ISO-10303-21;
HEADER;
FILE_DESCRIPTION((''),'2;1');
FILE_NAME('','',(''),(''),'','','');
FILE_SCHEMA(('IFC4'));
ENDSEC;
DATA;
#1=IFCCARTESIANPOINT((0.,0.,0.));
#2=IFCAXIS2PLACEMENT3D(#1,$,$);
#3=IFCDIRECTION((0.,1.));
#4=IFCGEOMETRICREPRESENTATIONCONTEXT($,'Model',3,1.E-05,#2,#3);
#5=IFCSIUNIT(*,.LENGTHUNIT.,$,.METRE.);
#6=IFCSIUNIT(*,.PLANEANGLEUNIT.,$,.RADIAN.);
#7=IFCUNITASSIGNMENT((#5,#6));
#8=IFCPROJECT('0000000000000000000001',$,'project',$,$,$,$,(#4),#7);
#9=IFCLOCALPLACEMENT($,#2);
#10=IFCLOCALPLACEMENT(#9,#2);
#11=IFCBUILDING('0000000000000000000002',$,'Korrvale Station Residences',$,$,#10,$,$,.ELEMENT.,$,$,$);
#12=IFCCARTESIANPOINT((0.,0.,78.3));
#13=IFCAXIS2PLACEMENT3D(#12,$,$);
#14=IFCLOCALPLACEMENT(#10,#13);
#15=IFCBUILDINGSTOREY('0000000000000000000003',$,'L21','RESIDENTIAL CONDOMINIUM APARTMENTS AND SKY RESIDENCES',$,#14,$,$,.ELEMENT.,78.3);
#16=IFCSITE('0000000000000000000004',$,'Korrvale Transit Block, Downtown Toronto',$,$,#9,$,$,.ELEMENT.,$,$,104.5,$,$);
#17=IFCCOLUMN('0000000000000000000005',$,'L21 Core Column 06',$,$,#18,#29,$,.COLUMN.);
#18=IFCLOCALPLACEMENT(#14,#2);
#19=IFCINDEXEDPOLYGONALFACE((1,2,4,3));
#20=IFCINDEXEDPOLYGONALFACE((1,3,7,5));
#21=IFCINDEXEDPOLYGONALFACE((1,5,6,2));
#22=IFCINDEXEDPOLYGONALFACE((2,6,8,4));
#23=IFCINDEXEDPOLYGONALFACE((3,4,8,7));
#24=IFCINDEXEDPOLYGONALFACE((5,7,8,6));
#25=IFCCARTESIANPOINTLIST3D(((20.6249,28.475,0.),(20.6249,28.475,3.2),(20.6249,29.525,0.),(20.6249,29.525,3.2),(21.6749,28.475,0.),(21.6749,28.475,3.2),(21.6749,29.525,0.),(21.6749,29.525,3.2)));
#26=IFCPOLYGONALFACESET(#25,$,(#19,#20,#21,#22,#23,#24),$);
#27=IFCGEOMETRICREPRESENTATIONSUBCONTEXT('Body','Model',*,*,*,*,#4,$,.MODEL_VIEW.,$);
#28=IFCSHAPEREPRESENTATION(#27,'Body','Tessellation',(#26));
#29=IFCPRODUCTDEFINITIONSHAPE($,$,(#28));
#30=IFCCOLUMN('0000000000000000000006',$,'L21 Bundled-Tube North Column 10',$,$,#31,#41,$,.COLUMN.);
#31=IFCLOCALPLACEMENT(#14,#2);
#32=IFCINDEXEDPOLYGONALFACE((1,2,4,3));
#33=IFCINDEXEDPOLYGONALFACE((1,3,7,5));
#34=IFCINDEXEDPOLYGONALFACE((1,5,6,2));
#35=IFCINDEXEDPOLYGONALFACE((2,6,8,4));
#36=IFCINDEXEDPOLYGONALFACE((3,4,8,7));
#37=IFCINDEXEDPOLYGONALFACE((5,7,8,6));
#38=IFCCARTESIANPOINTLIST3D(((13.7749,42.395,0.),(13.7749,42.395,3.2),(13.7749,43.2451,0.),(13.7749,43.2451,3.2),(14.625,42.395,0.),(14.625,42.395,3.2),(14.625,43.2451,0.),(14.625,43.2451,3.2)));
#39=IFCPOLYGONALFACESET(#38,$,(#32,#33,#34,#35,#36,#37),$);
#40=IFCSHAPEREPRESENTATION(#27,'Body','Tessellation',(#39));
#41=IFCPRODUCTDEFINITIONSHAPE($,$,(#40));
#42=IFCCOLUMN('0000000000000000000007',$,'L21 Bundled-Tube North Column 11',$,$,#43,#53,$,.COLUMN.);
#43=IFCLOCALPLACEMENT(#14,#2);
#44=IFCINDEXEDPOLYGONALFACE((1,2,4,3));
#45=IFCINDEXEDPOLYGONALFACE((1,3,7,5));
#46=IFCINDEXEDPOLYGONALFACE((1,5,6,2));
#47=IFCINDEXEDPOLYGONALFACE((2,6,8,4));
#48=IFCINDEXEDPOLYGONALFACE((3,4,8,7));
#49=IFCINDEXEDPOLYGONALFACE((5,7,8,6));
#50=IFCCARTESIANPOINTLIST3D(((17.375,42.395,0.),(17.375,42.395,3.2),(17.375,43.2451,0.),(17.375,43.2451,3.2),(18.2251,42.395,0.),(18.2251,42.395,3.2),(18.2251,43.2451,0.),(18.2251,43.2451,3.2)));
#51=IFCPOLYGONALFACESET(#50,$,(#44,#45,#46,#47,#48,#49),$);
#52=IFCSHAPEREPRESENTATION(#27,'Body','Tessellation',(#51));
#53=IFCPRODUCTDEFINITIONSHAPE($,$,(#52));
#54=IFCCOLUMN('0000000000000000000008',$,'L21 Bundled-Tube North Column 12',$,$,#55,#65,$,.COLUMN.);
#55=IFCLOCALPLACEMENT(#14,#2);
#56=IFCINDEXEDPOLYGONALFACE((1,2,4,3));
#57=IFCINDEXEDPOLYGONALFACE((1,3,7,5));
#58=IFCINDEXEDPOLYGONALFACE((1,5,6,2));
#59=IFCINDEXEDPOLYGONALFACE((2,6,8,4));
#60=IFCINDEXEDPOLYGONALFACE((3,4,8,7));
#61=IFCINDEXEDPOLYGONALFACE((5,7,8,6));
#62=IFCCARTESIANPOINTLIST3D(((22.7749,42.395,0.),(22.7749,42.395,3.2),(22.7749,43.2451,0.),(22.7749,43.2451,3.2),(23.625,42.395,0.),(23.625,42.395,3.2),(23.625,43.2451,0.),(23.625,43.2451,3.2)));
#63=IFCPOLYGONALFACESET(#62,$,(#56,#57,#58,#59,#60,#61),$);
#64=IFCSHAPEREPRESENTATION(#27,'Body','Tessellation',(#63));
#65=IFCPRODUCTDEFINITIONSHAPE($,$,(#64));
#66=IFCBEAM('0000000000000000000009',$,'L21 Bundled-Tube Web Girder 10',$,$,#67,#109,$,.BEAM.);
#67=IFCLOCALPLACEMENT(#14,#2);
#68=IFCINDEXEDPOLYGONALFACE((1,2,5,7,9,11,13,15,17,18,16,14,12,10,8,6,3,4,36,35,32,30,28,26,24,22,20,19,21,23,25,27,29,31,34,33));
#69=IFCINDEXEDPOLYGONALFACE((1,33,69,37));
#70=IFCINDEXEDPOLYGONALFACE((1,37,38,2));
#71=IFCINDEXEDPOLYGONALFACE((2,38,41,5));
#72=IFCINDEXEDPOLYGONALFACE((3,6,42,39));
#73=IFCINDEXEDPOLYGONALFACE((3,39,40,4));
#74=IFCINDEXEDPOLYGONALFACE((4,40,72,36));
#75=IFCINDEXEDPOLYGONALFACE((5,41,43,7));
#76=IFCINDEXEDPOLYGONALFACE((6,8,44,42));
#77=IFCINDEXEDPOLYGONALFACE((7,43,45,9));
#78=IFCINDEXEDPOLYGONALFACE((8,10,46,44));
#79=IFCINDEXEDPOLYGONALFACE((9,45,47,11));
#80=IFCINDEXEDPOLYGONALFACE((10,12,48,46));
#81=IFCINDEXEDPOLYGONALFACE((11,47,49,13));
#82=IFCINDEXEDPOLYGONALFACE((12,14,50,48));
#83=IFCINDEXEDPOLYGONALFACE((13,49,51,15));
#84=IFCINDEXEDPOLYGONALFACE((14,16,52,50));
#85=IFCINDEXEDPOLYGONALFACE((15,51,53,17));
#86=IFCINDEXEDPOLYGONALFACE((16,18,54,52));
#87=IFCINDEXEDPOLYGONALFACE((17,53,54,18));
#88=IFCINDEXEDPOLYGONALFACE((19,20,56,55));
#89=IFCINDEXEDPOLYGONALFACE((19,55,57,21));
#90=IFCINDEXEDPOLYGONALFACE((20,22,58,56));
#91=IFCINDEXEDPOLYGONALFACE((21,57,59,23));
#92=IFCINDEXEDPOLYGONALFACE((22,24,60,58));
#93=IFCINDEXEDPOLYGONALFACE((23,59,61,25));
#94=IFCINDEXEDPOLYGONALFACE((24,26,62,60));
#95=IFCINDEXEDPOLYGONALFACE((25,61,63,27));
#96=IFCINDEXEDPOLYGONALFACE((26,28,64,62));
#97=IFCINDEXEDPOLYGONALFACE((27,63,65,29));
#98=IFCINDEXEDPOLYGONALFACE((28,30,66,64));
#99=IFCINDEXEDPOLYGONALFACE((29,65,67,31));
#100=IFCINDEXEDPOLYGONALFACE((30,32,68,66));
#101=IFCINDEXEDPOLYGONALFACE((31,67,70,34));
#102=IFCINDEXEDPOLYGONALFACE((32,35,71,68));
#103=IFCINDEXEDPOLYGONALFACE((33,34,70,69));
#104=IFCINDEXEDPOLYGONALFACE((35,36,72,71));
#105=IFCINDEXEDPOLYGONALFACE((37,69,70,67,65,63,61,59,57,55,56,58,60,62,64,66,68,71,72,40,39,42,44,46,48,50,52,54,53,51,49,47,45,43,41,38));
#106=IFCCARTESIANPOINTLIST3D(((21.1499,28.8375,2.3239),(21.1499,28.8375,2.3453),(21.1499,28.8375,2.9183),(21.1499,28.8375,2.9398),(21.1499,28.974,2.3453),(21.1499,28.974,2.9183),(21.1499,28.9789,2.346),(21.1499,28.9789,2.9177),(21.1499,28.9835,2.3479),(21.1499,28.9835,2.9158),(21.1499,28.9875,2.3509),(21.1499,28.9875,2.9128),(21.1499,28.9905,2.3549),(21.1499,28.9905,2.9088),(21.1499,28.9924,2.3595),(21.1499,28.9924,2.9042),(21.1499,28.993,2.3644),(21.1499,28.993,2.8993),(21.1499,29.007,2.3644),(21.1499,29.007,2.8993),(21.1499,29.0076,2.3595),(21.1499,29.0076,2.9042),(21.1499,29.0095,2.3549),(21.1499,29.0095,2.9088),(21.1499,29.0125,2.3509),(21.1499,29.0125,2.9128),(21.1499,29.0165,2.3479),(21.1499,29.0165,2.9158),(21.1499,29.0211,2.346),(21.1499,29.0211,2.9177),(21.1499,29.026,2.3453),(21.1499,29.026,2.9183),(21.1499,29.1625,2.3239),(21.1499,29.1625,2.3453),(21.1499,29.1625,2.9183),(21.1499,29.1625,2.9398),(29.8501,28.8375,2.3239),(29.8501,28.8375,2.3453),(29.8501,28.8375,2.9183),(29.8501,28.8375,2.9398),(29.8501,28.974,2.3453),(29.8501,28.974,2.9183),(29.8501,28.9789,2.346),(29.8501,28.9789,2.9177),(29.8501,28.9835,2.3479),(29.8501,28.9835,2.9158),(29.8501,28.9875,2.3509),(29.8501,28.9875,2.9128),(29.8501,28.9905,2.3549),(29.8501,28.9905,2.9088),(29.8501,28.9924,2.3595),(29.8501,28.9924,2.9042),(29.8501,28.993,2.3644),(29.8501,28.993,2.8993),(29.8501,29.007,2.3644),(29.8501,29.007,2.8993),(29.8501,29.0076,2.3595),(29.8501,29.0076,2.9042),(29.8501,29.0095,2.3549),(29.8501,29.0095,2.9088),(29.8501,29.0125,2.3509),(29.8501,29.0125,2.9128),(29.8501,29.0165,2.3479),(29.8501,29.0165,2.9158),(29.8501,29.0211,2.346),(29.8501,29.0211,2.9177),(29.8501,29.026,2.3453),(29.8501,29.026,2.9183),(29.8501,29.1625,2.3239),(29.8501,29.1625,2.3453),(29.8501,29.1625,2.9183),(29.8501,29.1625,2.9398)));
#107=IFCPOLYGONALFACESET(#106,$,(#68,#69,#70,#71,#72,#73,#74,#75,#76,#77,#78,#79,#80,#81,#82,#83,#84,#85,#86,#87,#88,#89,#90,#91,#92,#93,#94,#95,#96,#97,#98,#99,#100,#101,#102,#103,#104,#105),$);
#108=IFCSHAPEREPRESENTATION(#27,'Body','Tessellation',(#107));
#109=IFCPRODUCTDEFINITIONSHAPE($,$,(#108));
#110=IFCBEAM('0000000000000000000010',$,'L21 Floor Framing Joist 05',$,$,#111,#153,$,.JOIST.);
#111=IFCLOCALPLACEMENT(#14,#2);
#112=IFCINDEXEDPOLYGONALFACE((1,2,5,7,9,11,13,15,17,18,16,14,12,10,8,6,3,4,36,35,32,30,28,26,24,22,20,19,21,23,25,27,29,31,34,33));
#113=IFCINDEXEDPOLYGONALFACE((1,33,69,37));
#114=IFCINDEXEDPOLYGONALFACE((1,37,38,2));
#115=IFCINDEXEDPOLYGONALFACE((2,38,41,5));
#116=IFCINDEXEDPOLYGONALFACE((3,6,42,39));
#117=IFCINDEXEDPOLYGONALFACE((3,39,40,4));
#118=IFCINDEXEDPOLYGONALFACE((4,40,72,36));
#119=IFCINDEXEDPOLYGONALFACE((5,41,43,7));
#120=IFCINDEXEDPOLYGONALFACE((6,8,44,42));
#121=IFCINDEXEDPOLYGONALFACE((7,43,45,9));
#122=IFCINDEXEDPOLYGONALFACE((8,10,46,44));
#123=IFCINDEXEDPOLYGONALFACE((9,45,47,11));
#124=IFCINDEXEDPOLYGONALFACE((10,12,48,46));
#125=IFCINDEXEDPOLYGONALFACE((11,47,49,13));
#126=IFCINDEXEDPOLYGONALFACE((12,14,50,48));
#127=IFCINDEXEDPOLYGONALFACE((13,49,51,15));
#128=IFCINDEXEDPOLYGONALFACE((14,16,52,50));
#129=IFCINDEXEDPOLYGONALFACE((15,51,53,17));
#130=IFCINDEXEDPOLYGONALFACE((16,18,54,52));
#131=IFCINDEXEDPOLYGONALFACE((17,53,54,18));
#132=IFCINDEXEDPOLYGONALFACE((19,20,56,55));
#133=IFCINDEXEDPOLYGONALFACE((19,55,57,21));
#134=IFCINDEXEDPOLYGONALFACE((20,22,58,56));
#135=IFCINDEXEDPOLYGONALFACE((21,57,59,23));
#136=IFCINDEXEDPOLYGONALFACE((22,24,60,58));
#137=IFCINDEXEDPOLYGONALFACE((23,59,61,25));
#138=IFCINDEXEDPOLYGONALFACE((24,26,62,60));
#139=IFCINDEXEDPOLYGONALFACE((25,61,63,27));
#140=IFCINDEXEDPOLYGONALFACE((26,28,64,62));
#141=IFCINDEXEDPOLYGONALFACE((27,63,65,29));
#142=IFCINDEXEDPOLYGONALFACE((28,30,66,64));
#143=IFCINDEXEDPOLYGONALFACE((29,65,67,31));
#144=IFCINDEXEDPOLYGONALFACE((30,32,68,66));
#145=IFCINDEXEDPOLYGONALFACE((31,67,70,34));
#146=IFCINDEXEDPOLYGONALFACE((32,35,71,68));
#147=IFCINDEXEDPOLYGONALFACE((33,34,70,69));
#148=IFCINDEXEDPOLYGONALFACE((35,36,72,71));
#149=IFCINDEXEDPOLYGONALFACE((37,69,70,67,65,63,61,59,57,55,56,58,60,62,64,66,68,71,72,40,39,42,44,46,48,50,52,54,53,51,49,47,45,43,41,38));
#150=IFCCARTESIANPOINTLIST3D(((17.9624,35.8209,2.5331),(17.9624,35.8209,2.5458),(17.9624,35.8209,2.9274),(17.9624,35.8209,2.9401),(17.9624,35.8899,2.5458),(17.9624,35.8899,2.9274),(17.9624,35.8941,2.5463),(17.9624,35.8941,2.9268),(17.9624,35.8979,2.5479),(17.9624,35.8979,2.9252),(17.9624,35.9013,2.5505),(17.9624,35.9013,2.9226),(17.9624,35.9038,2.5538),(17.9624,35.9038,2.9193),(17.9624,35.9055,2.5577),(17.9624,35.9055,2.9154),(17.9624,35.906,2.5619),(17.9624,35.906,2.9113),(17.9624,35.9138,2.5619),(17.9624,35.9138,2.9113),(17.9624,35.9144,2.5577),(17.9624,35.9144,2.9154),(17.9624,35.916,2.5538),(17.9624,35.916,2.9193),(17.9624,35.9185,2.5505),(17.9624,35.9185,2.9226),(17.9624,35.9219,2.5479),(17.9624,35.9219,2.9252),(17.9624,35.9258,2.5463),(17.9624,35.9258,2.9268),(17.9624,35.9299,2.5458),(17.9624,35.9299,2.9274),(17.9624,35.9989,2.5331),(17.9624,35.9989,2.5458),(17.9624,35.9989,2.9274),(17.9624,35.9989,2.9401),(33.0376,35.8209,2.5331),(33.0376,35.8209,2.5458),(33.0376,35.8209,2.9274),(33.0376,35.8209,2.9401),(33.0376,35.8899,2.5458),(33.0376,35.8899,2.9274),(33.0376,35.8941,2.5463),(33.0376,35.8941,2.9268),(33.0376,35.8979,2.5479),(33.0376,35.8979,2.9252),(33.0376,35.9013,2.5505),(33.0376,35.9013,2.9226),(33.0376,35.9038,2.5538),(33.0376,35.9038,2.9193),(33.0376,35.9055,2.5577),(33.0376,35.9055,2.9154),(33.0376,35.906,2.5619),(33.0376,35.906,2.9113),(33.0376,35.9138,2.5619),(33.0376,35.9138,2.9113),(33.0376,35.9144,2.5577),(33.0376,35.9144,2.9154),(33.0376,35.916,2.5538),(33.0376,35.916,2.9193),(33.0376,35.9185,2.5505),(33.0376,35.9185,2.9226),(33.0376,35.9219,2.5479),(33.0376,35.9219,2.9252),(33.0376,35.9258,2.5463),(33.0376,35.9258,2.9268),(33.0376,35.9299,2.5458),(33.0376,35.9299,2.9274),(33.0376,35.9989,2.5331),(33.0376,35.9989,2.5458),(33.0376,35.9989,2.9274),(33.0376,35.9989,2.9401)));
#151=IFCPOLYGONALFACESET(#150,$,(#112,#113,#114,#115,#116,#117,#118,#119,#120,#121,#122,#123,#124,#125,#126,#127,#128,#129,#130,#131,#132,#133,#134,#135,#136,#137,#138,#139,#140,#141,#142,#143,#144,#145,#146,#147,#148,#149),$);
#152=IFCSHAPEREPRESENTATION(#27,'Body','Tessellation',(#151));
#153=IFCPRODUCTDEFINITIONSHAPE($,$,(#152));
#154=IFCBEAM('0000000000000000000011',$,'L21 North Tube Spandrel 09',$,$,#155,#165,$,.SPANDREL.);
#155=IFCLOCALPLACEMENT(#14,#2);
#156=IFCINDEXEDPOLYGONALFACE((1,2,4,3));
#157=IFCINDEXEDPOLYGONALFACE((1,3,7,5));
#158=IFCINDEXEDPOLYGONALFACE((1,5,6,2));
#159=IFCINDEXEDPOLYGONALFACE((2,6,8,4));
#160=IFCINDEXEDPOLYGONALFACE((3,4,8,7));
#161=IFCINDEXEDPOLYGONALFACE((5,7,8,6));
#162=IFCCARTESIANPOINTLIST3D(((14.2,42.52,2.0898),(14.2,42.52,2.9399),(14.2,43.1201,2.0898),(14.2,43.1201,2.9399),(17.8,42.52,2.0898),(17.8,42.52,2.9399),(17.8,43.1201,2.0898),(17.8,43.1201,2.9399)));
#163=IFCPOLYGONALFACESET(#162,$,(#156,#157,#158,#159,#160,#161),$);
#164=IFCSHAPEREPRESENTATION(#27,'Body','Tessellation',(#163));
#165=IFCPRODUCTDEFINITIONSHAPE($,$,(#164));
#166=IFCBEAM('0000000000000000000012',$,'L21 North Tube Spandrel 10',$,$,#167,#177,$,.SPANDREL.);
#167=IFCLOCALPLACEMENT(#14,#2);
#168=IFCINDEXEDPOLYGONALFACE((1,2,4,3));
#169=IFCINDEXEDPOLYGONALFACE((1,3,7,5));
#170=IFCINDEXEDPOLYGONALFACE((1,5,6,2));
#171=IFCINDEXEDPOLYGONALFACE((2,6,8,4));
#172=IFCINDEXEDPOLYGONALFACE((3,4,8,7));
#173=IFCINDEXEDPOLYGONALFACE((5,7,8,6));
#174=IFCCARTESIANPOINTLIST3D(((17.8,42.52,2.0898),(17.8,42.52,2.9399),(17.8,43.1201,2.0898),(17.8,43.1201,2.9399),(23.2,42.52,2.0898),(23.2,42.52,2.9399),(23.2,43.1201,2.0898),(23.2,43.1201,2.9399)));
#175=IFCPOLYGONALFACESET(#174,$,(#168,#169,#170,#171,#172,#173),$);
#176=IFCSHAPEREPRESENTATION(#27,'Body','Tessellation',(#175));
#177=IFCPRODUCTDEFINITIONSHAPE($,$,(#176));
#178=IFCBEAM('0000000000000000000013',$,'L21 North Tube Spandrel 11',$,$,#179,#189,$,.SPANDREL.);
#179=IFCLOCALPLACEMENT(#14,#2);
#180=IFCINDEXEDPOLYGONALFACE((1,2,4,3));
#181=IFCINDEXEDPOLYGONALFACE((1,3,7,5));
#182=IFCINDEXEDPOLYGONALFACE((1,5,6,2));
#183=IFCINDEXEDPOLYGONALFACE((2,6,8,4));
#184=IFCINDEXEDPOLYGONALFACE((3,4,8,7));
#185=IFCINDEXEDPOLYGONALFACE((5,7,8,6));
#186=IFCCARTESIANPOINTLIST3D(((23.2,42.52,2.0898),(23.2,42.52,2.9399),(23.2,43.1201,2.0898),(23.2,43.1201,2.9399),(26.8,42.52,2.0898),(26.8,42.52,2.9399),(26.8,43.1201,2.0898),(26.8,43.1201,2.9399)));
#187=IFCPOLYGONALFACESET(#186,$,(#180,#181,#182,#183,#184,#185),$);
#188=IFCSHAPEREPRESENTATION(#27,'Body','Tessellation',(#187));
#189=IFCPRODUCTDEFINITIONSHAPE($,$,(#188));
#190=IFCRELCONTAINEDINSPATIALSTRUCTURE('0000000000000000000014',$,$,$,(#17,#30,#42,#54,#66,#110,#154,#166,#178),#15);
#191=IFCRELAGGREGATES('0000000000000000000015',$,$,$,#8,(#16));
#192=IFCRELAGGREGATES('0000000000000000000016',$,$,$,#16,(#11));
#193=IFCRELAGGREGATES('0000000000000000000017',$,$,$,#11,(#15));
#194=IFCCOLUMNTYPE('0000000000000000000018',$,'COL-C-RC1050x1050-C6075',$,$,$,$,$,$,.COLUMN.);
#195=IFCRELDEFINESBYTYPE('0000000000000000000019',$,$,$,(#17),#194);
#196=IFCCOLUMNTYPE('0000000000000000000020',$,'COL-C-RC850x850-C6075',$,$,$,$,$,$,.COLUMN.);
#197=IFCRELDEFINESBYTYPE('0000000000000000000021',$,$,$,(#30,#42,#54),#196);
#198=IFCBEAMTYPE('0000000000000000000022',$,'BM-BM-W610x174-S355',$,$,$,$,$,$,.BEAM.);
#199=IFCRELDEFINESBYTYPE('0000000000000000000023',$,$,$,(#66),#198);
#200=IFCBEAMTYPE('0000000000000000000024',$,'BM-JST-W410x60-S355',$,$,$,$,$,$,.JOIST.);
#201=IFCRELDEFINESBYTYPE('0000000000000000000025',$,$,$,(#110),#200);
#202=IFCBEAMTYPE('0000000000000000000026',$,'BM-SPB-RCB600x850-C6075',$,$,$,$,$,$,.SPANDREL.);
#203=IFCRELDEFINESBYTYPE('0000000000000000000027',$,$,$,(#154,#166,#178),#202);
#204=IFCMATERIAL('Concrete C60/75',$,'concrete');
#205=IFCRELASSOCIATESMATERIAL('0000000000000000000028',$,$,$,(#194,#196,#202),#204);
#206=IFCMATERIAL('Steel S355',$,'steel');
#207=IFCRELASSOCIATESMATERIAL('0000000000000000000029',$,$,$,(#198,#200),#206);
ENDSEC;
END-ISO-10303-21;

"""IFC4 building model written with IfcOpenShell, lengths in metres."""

from ifc_helpers import new_model, si_unit, direction, frame, origin, origin_2d, place, context, subcontext, project, spatial, rectangle, i_section, extrude, material, material_profile, profile_set, type_object, element, save


model = new_model("IFC4")

# Units and contexts
model_context = context("Model", 3, precision=1e-05, world=origin(), true_north=direction((0.0, 1.0)))
body_context = subcontext(model_context, "Body", "Model", "MODEL_VIEW")
ifc_project = project(units=[si_unit("LENGTHUNIT", "METRE"), si_unit("PLANEANGLEUNIT", "RADIAN")], contexts=[model_context])

# Site, building, storey
site_placement = place(None, origin())
site = spatial("IfcSite", under=ifc_project, at=site_placement, Name="Korrvale Transit Block, Downtown Toronto", CompositionType="ELEMENT", RefElevation=104.5)
building_placement = place(site_placement, origin())
building = spatial("IfcBuilding", under=site, at=building_placement, Name="Korrvale Station Residences", CompositionType="ELEMENT")
storey_placement = place(building_placement, frame((0.0, 0.0, 78.3)))
storey = spatial("IfcBuildingStorey", under=building, at=storey_placement, Name="L21", Description="RESIDENTIAL CONDOMINIUM APARTMENTS AND SKY RESIDENCES", CompositionType="ELEMENT", Elevation=78.3)

# Columns
ifc_material_1 = material(Name="Concrete C60/75", Category="concrete")
ifc_material_profile_1 = material_profile(ifc_material_1, rectangle(XDim=1.05, YDim=1.05, at=origin_2d()), Name="RC1050x1050")
ifc_profile_set_1 = profile_set([ifc_material_profile_1], Name="Concrete C60/75")
column_type_1 = type_object("IfcColumnType", Name="COL-C-RC1050x1050-C6075", PredefinedType="COLUMN", material=ifc_profile_set_1)
column_placement = place(storey_placement, frame((21.1499, 29.0, 0.0), z_axis=(0.0, 0.0, 1.0), x_axis=(1.0, 0.0, 0.0)))
element("IfcColumn", 1, at=column_placement, inside=storey, type_object=column_type_1, Name="L21 Core Column 06", PredefinedType="COLUMN", context=body_context, shape_type="SweptSolid", body=[
    extrude(rectangle(XDim=1.05, YDim=1.05, at=origin_2d()), origin(), (0.0, 0.0, 1.0), 3.2),
])
ifc_material_profile_2 = material_profile(ifc_material_1, rectangle(XDim=0.8501, YDim=0.8501, at=origin_2d()), Name="RC850x850")
ifc_profile_set_2 = profile_set([ifc_material_profile_2], Name="Concrete C60/75")
column_type_2 = type_object("IfcColumnType", Name="COL-C-RC850x850-C6075", PredefinedType="COLUMN", material=ifc_profile_set_2)
for number, where, z_axis, x_axis, name in (
    (2, (14.2, 42.8201, 0.0), (0.0, 0.0, 1.0), (1.0, 0.0, 0.0), "L21 Bundled-Tube North Column 10"),
    (3, (17.8, 42.8201, 0.0), (0.0, 0.0, 1.0), (1.0, 0.0, 0.0), "L21 Bundled-Tube North Column 11"),
    (4, (23.2, 42.8201, 0.0), (0.0, 0.0, 1.0), (1.0, 0.0, 0.0), "L21 Bundled-Tube North Column 12"),
):
    element("IfcColumn", number, at=place(storey_placement, frame(where, z_axis=z_axis, x_axis=x_axis)), inside=storey, type_object=column_type_2, Name=name, PredefinedType="COLUMN", context=body_context, shape_type="SweptSolid", body=[
        extrude(rectangle(XDim=0.8501, YDim=0.8501, at=origin_2d()), origin(), (0.0, 0.0, 1.0), 3.2),
    ])

# Beams
ifc_material_2 = material(Name="Steel S355", Category="steel")
ifc_material_profile_3 = material_profile(ifc_material_2, i_section(OverallWidth=0.325, OverallDepth=0.616, WebThickness=0.0139, FlangeThickness=0.0215, FilletRadius=0.019, at=origin_2d()), Name="W610x174")
ifc_profile_set_3 = profile_set([ifc_material_profile_3], Name="Steel S355")
beam_type_1 = type_object("IfcBeamType", Name="BM-BM-W610x174-S355", PredefinedType="BEAM", material=ifc_profile_set_3)
beam_1_placement = place(storey_placement, frame((21.1499, 29.0, 2.6318), z_axis=(1.0, 0.0, 0.0), x_axis=(0.0, 1.0, 0.0)))
element("IfcBeam", 5, at=beam_1_placement, inside=storey, type_object=beam_type_1, Name="L21 Bundled-Tube Web Girder 10", PredefinedType="BEAM", context=body_context, shape_type="SweptSolid", body=[
    extrude(i_section(OverallWidth=0.325, OverallDepth=0.616, WebThickness=0.0139, FlangeThickness=0.0215, FilletRadius=0.019, at=origin_2d()), origin(), (0.0, 0.0, 1.0), 8.7002),
])
ifc_material_profile_4 = material_profile(ifc_material_2, i_section(OverallWidth=0.178, OverallDepth=0.407, WebThickness=0.0078, FlangeThickness=0.0127, FilletRadius=0.0161, at=origin_2d()), Name="W410x60")
ifc_profile_set_4 = profile_set([ifc_material_profile_4], Name="Steel S355")
beam_type_2 = type_object("IfcBeamType", Name="BM-JST-W410x60-S355", PredefinedType="JOIST", material=ifc_profile_set_4)
beam_2_placement = place(storey_placement, frame((17.9624, 35.9099, 2.7366), z_axis=(1.0, 0.0, 0.0), x_axis=(0.0, 1.0, 0.0)))
element("IfcBeam", 6, at=beam_2_placement, inside=storey, type_object=beam_type_2, Name="L21 Floor Framing Joist 05", PredefinedType="JOIST", context=body_context, shape_type="SweptSolid", body=[
    extrude(i_section(OverallWidth=0.178, OverallDepth=0.407, WebThickness=0.0078, FlangeThickness=0.0127, FilletRadius=0.0161, at=origin_2d()), origin(), (0.0, 0.0, 1.0), 15.0752),
])
ifc_material_profile_5 = material_profile(ifc_material_1, rectangle(XDim=0.6001, YDim=0.8501, at=origin_2d()), Name="RCB600x850")
ifc_profile_set_5 = profile_set([ifc_material_profile_5], Name="Concrete C60/75")
beam_type_3 = type_object("IfcBeamType", Name="BM-SPB-RCB600x850-C6075", PredefinedType="SPANDREL", material=ifc_profile_set_5)
beam_3_placement = place(storey_placement, frame((14.2, 42.8201, 2.5149), z_axis=(1.0, 0.0, 0.0), x_axis=(0.0, 1.0, 0.0)))
element("IfcBeam", 7, at=beam_3_placement, inside=storey, type_object=beam_type_3, Name="L21 North Tube Spandrel 09", PredefinedType="SPANDREL", context=body_context, shape_type="SweptSolid", body=[
    extrude(rectangle(XDim=0.6001, YDim=0.8501, at=origin_2d()), origin(), (0.0, 0.0, 1.0), 3.6001),
])
beam_4_placement = place(storey_placement, frame((17.8, 42.8201, 2.5149), z_axis=(1.0, 0.0, 0.0), x_axis=(0.0, 1.0, 0.0)))
element("IfcBeam", 8, at=beam_4_placement, inside=storey, type_object=beam_type_3, Name="L21 North Tube Spandrel 10", PredefinedType="SPANDREL", context=body_context, shape_type="SweptSolid", body=[
    extrude(rectangle(XDim=0.6001, YDim=0.8501, at=origin_2d()), origin(), (0.0, 0.0, 1.0), 5.3999),
])
beam_5_placement = place(storey_placement, frame((23.2, 42.8201, 2.5149), z_axis=(1.0, 0.0, 0.0), x_axis=(0.0, 1.0, 0.0)))
element("IfcBeam", 9, at=beam_5_placement, inside=storey, type_object=beam_type_3, Name="L21 North Tube Spandrel 11", PredefinedType="SPANDREL", context=body_context, shape_type="SweptSolid", body=[
    extrude(rectangle(XDim=0.6001, YDim=0.8501, at=origin_2d()), origin(), (0.0, 0.0, 1.0), 3.6001),
])

save(model, "model.ifc")
